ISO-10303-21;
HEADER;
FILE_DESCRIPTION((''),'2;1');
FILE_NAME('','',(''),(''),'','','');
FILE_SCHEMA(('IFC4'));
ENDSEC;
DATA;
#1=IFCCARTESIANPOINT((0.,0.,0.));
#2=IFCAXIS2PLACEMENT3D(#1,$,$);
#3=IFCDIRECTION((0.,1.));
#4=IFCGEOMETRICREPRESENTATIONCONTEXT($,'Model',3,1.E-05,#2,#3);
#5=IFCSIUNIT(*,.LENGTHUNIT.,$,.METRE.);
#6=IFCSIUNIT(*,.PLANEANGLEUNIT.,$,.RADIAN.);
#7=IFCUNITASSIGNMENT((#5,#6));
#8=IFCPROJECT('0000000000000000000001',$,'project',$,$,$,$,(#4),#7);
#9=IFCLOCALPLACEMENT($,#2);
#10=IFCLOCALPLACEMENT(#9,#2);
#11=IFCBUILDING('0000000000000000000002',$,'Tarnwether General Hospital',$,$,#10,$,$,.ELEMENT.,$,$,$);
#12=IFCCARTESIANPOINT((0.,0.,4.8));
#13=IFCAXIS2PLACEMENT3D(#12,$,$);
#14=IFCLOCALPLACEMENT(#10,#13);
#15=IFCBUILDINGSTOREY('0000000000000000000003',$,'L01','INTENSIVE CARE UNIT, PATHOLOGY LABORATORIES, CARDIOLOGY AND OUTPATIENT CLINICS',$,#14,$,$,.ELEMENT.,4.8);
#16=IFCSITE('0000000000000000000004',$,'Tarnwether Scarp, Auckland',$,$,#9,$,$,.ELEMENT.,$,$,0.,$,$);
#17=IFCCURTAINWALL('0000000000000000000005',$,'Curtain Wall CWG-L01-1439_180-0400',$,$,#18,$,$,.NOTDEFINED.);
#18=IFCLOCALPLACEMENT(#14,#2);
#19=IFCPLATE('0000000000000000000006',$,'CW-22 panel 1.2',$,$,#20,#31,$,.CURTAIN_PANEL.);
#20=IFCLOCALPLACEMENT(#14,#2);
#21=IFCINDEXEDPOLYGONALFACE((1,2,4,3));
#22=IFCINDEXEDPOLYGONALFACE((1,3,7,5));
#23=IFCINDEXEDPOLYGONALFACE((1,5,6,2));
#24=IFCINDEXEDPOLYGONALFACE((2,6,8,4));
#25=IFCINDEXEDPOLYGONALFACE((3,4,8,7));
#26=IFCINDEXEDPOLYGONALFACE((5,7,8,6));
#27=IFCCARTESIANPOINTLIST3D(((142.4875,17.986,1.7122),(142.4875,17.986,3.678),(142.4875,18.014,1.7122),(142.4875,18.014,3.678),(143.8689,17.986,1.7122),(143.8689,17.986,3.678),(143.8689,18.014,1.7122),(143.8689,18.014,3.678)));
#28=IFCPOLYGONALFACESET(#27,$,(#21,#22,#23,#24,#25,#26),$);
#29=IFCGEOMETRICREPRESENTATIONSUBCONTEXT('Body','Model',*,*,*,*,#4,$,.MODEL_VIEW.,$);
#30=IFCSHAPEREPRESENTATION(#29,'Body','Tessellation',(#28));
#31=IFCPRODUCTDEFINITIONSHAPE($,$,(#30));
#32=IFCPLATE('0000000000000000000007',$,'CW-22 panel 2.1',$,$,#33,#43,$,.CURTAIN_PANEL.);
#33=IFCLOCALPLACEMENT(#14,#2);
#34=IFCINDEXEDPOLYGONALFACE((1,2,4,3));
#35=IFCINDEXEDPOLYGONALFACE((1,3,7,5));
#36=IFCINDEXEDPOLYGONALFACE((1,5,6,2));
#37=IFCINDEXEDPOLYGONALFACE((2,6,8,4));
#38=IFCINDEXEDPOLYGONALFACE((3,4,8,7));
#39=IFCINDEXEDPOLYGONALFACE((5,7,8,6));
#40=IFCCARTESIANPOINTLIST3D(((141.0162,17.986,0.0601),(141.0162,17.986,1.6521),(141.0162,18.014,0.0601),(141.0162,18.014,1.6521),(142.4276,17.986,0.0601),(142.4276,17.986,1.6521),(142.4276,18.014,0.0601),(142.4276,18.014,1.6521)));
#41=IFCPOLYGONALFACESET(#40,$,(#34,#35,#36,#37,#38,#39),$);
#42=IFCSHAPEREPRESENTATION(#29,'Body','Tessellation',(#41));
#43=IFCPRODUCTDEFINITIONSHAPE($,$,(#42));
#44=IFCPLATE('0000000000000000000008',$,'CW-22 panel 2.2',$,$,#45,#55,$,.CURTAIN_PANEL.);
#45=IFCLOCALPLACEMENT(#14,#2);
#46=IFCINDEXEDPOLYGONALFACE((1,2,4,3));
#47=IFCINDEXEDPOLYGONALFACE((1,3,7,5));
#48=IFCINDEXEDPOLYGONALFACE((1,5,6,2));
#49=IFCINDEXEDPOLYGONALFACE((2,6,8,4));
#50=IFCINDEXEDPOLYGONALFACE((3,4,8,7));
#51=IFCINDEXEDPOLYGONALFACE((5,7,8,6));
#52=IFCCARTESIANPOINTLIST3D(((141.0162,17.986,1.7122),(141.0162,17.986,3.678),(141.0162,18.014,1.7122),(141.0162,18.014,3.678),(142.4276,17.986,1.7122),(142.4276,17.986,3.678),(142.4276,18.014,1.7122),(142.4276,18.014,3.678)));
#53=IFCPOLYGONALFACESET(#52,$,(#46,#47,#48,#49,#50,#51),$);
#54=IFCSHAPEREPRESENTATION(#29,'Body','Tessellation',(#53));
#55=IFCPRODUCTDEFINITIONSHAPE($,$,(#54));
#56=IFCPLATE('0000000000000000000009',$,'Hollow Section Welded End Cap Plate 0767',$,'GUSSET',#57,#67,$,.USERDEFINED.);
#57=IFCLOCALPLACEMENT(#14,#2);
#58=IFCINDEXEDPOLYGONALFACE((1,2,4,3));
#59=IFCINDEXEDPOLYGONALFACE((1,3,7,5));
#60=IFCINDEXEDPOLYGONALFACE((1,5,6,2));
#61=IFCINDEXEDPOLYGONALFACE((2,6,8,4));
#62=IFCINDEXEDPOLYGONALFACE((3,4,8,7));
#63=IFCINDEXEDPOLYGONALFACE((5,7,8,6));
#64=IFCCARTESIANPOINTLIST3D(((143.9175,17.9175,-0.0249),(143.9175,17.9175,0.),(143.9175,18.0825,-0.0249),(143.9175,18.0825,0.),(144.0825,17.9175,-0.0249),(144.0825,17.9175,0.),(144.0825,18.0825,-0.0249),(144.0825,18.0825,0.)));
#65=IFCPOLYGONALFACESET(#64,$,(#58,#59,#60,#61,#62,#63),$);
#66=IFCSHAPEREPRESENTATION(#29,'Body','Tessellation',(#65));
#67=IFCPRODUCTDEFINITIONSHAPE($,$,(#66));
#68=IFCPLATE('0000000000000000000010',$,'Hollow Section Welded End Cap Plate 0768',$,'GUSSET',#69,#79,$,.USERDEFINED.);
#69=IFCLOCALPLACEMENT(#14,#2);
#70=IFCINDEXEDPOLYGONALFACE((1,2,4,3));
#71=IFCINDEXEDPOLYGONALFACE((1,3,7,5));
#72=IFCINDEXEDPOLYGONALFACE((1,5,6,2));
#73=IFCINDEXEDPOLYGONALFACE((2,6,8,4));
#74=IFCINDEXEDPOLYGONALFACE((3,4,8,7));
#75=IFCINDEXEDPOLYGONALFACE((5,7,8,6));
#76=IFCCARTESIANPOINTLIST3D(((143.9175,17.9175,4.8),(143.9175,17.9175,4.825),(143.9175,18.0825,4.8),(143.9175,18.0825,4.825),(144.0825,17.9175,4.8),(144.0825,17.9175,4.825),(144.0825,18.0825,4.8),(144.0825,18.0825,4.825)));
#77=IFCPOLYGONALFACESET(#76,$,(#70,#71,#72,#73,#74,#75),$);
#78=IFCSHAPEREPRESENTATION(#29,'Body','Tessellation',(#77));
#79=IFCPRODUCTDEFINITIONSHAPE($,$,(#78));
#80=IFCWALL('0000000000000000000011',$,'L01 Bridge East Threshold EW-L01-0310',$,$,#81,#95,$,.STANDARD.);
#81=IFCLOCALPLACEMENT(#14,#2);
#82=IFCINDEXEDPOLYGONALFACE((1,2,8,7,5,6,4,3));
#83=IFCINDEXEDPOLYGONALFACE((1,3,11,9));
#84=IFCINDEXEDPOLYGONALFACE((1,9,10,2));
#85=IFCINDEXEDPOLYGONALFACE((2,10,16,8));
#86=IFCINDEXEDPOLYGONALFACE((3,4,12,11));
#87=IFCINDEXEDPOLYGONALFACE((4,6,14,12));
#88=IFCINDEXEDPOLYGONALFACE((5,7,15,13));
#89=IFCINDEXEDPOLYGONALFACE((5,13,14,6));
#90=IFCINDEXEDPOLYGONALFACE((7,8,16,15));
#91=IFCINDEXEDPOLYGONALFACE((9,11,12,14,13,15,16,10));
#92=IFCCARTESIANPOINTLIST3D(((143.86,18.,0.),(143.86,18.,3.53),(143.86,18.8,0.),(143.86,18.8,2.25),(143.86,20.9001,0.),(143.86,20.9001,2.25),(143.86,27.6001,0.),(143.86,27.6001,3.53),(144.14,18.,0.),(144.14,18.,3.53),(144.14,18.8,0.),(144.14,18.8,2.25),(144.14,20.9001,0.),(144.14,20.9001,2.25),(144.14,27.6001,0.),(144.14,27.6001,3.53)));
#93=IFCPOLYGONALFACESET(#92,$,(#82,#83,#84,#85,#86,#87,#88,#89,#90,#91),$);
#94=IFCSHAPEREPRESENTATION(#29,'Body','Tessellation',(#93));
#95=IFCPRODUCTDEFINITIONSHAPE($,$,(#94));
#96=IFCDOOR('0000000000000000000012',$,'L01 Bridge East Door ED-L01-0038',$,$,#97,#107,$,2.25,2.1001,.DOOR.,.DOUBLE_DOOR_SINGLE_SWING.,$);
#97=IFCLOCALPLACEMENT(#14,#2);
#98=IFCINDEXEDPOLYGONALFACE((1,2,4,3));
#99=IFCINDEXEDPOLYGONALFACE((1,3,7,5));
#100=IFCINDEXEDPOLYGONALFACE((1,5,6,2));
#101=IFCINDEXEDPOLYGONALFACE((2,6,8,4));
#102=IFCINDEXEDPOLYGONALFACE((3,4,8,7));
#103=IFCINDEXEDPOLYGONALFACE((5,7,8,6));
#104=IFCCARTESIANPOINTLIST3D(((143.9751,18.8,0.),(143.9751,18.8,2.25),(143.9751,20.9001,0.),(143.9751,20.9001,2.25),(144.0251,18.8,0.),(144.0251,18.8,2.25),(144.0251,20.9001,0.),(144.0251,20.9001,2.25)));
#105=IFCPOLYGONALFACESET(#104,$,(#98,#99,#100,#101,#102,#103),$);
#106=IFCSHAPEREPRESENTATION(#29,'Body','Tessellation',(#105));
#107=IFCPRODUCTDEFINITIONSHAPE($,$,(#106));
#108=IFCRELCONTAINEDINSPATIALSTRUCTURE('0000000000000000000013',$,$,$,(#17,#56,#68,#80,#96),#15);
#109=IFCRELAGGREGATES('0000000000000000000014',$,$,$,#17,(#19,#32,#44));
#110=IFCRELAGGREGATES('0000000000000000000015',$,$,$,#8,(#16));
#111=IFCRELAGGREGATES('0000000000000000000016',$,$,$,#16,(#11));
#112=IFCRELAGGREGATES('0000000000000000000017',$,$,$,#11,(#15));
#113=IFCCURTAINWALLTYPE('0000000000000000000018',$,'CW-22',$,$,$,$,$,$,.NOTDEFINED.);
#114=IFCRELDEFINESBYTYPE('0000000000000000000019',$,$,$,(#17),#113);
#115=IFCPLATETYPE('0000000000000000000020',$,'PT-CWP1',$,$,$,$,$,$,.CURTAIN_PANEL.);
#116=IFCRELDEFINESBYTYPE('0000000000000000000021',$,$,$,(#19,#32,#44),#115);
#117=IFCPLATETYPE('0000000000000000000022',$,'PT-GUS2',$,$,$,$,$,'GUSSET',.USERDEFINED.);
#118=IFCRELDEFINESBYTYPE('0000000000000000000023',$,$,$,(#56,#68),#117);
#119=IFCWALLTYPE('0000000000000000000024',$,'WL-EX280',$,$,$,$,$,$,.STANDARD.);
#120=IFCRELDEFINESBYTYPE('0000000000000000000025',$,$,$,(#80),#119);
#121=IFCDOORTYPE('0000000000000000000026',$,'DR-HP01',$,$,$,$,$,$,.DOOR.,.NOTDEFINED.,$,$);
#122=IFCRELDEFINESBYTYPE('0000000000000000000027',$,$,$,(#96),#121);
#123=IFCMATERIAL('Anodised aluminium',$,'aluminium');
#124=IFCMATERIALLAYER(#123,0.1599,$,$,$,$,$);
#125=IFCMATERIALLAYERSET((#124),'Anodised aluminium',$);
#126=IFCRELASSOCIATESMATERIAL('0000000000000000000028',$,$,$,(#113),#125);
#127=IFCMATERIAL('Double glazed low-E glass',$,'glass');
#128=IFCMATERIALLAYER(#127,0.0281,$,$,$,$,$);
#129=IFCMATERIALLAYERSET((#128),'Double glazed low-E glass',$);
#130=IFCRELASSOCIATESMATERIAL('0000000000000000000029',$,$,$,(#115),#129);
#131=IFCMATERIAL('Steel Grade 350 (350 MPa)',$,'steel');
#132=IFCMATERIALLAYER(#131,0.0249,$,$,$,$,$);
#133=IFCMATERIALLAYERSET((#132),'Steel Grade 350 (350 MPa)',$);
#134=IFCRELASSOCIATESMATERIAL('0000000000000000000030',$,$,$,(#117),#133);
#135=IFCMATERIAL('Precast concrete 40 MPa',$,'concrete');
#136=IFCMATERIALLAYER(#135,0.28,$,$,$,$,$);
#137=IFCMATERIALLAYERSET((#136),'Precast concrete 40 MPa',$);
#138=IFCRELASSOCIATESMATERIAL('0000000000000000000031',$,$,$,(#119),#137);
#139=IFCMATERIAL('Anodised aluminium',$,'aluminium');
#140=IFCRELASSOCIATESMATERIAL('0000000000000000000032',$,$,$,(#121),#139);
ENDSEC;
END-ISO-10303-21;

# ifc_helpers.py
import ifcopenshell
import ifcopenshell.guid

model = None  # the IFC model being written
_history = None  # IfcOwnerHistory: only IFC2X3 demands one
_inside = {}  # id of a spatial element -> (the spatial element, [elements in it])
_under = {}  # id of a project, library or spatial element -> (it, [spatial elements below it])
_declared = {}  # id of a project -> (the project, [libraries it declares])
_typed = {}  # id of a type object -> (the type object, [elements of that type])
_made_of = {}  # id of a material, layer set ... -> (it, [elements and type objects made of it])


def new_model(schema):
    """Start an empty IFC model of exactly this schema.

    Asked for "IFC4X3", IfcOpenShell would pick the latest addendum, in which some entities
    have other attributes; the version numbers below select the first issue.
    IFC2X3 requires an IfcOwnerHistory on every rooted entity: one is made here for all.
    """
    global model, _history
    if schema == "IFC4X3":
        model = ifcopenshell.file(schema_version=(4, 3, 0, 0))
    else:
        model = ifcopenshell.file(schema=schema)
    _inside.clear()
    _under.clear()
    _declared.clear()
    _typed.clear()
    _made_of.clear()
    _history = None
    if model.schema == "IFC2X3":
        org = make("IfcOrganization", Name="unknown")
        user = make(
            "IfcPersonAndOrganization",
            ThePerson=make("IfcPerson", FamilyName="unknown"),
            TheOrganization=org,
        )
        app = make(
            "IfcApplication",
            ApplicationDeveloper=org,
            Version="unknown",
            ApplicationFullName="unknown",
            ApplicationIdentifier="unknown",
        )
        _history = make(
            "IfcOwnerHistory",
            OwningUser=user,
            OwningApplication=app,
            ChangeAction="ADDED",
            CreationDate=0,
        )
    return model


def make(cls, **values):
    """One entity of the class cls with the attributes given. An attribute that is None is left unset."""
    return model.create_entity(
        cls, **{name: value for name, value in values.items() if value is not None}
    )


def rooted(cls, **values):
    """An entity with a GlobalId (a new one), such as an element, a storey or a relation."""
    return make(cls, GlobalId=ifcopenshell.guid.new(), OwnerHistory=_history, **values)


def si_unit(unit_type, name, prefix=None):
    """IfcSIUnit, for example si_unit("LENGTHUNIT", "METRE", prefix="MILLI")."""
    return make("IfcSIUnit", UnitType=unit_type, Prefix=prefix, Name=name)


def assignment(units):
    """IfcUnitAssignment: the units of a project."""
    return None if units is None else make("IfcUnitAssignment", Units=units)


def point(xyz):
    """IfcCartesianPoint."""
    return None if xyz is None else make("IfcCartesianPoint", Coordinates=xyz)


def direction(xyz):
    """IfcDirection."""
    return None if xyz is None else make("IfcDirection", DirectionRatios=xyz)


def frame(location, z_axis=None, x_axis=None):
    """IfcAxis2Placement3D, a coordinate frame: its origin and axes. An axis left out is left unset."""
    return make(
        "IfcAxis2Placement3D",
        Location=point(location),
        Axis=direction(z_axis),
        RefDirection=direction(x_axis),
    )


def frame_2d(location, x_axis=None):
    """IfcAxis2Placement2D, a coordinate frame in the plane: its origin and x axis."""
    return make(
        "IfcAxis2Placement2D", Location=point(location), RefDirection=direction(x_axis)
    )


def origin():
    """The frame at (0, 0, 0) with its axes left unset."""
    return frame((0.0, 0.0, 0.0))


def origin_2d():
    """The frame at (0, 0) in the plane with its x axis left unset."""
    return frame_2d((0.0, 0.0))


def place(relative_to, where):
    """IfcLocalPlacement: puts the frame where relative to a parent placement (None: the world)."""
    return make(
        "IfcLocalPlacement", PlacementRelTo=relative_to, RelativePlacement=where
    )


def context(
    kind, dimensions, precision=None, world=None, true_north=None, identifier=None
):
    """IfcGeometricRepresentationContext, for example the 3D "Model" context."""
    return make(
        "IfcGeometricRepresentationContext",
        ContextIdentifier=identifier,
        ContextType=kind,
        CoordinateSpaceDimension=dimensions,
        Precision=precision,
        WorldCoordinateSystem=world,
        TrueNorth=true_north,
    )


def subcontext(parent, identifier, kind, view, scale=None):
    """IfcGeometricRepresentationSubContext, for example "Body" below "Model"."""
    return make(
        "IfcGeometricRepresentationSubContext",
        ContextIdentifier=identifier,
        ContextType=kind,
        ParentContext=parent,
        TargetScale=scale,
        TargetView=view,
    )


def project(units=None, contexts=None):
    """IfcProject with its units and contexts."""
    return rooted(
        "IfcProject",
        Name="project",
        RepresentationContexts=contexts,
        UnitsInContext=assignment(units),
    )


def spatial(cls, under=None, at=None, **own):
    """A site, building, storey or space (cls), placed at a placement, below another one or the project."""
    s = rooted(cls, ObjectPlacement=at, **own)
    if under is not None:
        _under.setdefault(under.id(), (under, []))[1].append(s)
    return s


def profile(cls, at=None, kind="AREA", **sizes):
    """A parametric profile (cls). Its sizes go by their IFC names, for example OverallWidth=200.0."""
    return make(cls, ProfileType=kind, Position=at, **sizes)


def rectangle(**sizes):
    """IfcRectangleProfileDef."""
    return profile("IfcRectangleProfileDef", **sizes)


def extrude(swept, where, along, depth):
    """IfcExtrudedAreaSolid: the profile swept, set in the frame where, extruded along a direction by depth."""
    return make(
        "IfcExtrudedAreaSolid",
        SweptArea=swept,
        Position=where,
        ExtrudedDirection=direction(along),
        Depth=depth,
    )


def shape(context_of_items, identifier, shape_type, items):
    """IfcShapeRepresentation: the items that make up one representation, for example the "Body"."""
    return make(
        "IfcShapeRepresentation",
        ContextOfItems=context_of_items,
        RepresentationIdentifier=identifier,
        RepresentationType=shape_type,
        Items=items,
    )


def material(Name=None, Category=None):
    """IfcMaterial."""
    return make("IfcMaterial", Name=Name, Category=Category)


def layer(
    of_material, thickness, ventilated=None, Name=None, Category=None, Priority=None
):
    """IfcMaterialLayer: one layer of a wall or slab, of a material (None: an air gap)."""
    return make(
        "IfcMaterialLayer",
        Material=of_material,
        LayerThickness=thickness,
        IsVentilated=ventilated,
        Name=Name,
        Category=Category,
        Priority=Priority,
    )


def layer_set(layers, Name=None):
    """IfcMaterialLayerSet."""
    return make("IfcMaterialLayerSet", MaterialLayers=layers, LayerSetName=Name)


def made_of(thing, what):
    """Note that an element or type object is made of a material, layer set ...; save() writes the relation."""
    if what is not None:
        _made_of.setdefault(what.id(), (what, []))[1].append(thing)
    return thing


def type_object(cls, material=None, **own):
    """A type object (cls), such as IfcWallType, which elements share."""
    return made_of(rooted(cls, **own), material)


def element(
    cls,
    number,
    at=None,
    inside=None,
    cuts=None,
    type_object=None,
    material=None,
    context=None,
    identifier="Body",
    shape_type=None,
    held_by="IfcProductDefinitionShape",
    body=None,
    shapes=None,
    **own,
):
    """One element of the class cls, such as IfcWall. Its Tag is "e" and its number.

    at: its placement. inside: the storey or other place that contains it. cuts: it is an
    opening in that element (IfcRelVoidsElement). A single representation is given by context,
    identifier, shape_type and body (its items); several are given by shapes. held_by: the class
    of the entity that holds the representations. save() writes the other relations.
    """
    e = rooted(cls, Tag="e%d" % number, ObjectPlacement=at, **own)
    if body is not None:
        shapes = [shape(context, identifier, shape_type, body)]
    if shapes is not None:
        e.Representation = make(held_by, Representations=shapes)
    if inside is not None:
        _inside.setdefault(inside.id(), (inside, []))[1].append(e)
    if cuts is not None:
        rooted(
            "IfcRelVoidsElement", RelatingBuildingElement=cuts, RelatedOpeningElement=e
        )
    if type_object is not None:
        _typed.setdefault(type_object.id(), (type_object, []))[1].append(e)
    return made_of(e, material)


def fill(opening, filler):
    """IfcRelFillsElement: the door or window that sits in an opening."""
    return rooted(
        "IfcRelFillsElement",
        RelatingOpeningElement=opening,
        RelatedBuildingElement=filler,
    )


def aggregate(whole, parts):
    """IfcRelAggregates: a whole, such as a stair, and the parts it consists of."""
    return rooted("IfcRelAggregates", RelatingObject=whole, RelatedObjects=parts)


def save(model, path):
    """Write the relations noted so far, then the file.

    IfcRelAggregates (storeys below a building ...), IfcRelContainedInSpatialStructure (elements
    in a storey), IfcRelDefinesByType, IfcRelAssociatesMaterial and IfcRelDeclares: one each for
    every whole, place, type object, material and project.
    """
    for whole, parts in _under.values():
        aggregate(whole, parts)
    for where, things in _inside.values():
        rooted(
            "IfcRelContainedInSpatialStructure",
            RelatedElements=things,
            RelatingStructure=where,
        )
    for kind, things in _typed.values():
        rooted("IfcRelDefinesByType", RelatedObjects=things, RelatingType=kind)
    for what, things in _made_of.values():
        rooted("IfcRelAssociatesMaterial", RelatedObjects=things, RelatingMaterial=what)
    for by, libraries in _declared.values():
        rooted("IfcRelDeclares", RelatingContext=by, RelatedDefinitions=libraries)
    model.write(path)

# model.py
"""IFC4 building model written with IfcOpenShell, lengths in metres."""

from ifc_helpers import new_model, si_unit, direction, frame, frame_2d, origin, origin_2d, place, context, subcontext, project, spatial, rectangle, extrude, material, layer, layer_set, type_object, element, fill, aggregate, save


model = new_model("IFC4")

# Units and contexts
model_context = context("Model", 3, precision=1e-05, world=origin(), true_north=direction((0.0, 1.0)))
body_context = subcontext(model_context, "Body", "Model", "MODEL_VIEW")
ifc_project = project(units=[si_unit("LENGTHUNIT", "METRE"), si_unit("PLANEANGLEUNIT", "RADIAN")], contexts=[model_context])

# Site, building, storey
site_placement = place(None, origin())
site = spatial("IfcSite", under=ifc_project, at=site_placement, Name="Tarnwether Scarp, Auckland", CompositionType="ELEMENT", RefElevation=0.0)
building_placement = place(site_placement, origin())
building = spatial("IfcBuilding", under=site, at=building_placement, Name="Tarnwether General Hospital", CompositionType="ELEMENT")
storey_placement = place(building_placement, frame((0.0, 0.0, 4.8)))
storey = spatial("IfcBuildingStorey", under=building, at=storey_placement, Name="L01", Description="INTENSIVE CARE UNIT, PATHOLOGY LABORATORIES, CARDIOLOGY AND OUTPATIENT CLINICS", CompositionType="ELEMENT", Elevation=4.8)

# Curtain wall, plates
ifc_material_1 = material(Name="Anodised aluminium", Category="aluminium")
ifc_layer_1 = layer(ifc_material_1, 0.1599)
ifc_layer_set_1 = layer_set([ifc_layer_1], Name="Anodised aluminium")
curtain_wall_type = type_object("IfcCurtainWallType", Name="CW-22", PredefinedType="NOTDEFINED", material=ifc_layer_set_1)
curtain_wall_placement = place(storey_placement, origin())
curtain_wall = element("IfcCurtainWall", 1, at=curtain_wall_placement, inside=storey, type_object=curtain_wall_type, Name="Curtain Wall CWG-L01-1439_180-0400", PredefinedType="NOTDEFINED")
ifc_material_2 = material(Name="Double glazed low-E glass", Category="glass")
ifc_layer_2 = layer(ifc_material_2, 0.0281)
ifc_layer_set_2 = layer_set([ifc_layer_2], Name="Double glazed low-E glass")
plate_type_1 = type_object("IfcPlateType", Name="PT-CWP1", PredefinedType="CURTAIN_PANEL", material=ifc_layer_set_2)
plate_1_placement = place(storey_placement, frame((143.1782, 18.0, 1.7122), z_axis=(0.0, 0.0, 1.0), x_axis=(-1.0, 0.0, 0.0)))
plate_1 = element("IfcPlate", 2, at=plate_1_placement, type_object=plate_type_1, Name="CW-22 panel 1.2", PredefinedType="CURTAIN_PANEL", context=body_context, shape_type="SweptSolid", body=[
    extrude(rectangle(XDim=1.3813, YDim=0.0281, at=origin_2d()), origin(), (0.0, 0.0, 1.0), 1.9658),
])
plate_2_placement = place(storey_placement, frame((141.7219, 18.0, 0.0601), z_axis=(0.0, 0.0, 1.0), x_axis=(-1.0, 0.0, 0.0)))
plate_2 = element("IfcPlate", 3, at=plate_2_placement, type_object=plate_type_1, Name="CW-22 panel 2.1", PredefinedType="CURTAIN_PANEL", context=body_context, shape_type="SweptSolid", body=[
    extrude(rectangle(XDim=1.4114, YDim=0.0281, at=origin_2d()), origin(), (0.0, 0.0, 1.0), 1.592),
])
plate_3_placement = place(storey_placement, frame((141.7219, 18.0, 1.7122), z_axis=(0.0, 0.0, 1.0), x_axis=(-1.0, 0.0, 0.0)))
plate_3 = element("IfcPlate", 4, at=plate_3_placement, type_object=plate_type_1, Name="CW-22 panel 2.2", PredefinedType="CURTAIN_PANEL", context=body_context, shape_type="SweptSolid", body=[
    extrude(rectangle(XDim=1.4114, YDim=0.0281, at=origin_2d()), origin(), (0.0, 0.0, 1.0), 1.9658),
])
aggregate(curtain_wall, [plate_1, plate_2, plate_3])

# Plates
ifc_material_3 = material(Name="Steel Grade 350 (350 MPa)", Category="steel")
ifc_layer_3 = layer(ifc_material_3, 0.0249)
ifc_layer_set_3 = layer_set([ifc_layer_3], Name="Steel Grade 350 (350 MPa)")
plate_type_2 = type_object("IfcPlateType", Name="PT-GUS2", ElementType="GUSSET", PredefinedType="USERDEFINED", material=ifc_layer_set_3)
for number, where, z_axis, x_axis, name in (
    (5, (144.0, 18.0, -0.0249), (0.0, 0.0, 1.0), (1.0, 0.0, 0.0), "Hollow Section Welded End Cap Plate 0767"),
    (6, (144.0, 18.0, 4.8), (0.0, 0.0, 1.0), (1.0, 0.0, 0.0), "Hollow Section Welded End Cap Plate 0768"),
):
    element("IfcPlate", number, at=place(storey_placement, frame(where, z_axis=z_axis, x_axis=x_axis)), inside=storey, type_object=plate_type_2, Name=name, ObjectType="GUSSET", PredefinedType="USERDEFINED", context=body_context, shape_type="SweptSolid", body=[
        extrude(rectangle(XDim=0.165, YDim=0.165, at=origin_2d()), origin(), (0.0, 0.0, 1.0), 0.0249),
    ])

# Wall, opening, door
ifc_material_4 = material(Name="Precast concrete 40 MPa", Category="concrete")
ifc_layer_4 = layer(ifc_material_4, 0.28)
ifc_layer_set_4 = layer_set([ifc_layer_4], Name="Precast concrete 40 MPa")
wall_type = type_object("IfcWallType", Name="WL-EX280", PredefinedType="STANDARD", material=ifc_layer_set_4)
wall_placement = place(storey_placement, frame((144.0, 18.0, 0.0), z_axis=(0.0, 0.0, 1.0), x_axis=(0.0, 1.0, 0.0)))
wall = element("IfcWall", 7, at=wall_placement, inside=storey, type_object=wall_type, Name="L01 Bridge East Threshold EW-L01-0310", PredefinedType="STANDARD", context=body_context, shape_type="SweptSolid", body=[
    extrude(rectangle(XDim=9.6001, YDim=0.28, at=frame_2d((4.8, 0.0))), origin(), (0.0, 0.0, 1.0), 3.53),
])
opening_placement = place(wall_placement, frame((0.8, 0.0, 0.0)))
opening = element("IfcOpeningElement", 8, at=opening_placement, cuts=wall, PredefinedType="OPENING", context=body_context, shape_type="SweptSolid", body=[
    extrude(rectangle(XDim=2.1001, YDim=2.25, at=frame_2d((1.05, 1.125))), frame((0.0, 0.1499, 0.0), z_axis=(0.0, -1.0, 0.0), x_axis=(1.0, 0.0, 0.0)), (0.0, 0.0, 1.0), 0.3),
])
ifc_material_5 = material(Name="Anodised aluminium", Category="aluminium")
door_type = type_object("IfcDoorType", Name="DR-HP01", OperationType="NOTDEFINED", PredefinedType="DOOR", material=ifc_material_5)
door_placement = place(opening_placement, origin())
door = element("IfcDoor", 9, at=door_placement, inside=storey, type_object=door_type, Name="L01 Bridge East Door ED-L01-0038", OperationType="DOUBLE_DOOR_SINGLE_SWING", OverallHeight=2.25, OverallWidth=2.1001, PredefinedType="DOOR", context=body_context, shape_type="SweptSolid", body=[
    extrude(rectangle(XDim=2.1001, YDim=2.25, at=frame_2d((1.05, 1.125))), frame((0.0, 0.0249, 0.0), z_axis=(0.0, -1.0, 0.0), x_axis=(1.0, 0.0, 0.0)), (0.0, 0.0, 1.0), 0.05),
])
fill(opening, door)

save(model, "model.ifc")
